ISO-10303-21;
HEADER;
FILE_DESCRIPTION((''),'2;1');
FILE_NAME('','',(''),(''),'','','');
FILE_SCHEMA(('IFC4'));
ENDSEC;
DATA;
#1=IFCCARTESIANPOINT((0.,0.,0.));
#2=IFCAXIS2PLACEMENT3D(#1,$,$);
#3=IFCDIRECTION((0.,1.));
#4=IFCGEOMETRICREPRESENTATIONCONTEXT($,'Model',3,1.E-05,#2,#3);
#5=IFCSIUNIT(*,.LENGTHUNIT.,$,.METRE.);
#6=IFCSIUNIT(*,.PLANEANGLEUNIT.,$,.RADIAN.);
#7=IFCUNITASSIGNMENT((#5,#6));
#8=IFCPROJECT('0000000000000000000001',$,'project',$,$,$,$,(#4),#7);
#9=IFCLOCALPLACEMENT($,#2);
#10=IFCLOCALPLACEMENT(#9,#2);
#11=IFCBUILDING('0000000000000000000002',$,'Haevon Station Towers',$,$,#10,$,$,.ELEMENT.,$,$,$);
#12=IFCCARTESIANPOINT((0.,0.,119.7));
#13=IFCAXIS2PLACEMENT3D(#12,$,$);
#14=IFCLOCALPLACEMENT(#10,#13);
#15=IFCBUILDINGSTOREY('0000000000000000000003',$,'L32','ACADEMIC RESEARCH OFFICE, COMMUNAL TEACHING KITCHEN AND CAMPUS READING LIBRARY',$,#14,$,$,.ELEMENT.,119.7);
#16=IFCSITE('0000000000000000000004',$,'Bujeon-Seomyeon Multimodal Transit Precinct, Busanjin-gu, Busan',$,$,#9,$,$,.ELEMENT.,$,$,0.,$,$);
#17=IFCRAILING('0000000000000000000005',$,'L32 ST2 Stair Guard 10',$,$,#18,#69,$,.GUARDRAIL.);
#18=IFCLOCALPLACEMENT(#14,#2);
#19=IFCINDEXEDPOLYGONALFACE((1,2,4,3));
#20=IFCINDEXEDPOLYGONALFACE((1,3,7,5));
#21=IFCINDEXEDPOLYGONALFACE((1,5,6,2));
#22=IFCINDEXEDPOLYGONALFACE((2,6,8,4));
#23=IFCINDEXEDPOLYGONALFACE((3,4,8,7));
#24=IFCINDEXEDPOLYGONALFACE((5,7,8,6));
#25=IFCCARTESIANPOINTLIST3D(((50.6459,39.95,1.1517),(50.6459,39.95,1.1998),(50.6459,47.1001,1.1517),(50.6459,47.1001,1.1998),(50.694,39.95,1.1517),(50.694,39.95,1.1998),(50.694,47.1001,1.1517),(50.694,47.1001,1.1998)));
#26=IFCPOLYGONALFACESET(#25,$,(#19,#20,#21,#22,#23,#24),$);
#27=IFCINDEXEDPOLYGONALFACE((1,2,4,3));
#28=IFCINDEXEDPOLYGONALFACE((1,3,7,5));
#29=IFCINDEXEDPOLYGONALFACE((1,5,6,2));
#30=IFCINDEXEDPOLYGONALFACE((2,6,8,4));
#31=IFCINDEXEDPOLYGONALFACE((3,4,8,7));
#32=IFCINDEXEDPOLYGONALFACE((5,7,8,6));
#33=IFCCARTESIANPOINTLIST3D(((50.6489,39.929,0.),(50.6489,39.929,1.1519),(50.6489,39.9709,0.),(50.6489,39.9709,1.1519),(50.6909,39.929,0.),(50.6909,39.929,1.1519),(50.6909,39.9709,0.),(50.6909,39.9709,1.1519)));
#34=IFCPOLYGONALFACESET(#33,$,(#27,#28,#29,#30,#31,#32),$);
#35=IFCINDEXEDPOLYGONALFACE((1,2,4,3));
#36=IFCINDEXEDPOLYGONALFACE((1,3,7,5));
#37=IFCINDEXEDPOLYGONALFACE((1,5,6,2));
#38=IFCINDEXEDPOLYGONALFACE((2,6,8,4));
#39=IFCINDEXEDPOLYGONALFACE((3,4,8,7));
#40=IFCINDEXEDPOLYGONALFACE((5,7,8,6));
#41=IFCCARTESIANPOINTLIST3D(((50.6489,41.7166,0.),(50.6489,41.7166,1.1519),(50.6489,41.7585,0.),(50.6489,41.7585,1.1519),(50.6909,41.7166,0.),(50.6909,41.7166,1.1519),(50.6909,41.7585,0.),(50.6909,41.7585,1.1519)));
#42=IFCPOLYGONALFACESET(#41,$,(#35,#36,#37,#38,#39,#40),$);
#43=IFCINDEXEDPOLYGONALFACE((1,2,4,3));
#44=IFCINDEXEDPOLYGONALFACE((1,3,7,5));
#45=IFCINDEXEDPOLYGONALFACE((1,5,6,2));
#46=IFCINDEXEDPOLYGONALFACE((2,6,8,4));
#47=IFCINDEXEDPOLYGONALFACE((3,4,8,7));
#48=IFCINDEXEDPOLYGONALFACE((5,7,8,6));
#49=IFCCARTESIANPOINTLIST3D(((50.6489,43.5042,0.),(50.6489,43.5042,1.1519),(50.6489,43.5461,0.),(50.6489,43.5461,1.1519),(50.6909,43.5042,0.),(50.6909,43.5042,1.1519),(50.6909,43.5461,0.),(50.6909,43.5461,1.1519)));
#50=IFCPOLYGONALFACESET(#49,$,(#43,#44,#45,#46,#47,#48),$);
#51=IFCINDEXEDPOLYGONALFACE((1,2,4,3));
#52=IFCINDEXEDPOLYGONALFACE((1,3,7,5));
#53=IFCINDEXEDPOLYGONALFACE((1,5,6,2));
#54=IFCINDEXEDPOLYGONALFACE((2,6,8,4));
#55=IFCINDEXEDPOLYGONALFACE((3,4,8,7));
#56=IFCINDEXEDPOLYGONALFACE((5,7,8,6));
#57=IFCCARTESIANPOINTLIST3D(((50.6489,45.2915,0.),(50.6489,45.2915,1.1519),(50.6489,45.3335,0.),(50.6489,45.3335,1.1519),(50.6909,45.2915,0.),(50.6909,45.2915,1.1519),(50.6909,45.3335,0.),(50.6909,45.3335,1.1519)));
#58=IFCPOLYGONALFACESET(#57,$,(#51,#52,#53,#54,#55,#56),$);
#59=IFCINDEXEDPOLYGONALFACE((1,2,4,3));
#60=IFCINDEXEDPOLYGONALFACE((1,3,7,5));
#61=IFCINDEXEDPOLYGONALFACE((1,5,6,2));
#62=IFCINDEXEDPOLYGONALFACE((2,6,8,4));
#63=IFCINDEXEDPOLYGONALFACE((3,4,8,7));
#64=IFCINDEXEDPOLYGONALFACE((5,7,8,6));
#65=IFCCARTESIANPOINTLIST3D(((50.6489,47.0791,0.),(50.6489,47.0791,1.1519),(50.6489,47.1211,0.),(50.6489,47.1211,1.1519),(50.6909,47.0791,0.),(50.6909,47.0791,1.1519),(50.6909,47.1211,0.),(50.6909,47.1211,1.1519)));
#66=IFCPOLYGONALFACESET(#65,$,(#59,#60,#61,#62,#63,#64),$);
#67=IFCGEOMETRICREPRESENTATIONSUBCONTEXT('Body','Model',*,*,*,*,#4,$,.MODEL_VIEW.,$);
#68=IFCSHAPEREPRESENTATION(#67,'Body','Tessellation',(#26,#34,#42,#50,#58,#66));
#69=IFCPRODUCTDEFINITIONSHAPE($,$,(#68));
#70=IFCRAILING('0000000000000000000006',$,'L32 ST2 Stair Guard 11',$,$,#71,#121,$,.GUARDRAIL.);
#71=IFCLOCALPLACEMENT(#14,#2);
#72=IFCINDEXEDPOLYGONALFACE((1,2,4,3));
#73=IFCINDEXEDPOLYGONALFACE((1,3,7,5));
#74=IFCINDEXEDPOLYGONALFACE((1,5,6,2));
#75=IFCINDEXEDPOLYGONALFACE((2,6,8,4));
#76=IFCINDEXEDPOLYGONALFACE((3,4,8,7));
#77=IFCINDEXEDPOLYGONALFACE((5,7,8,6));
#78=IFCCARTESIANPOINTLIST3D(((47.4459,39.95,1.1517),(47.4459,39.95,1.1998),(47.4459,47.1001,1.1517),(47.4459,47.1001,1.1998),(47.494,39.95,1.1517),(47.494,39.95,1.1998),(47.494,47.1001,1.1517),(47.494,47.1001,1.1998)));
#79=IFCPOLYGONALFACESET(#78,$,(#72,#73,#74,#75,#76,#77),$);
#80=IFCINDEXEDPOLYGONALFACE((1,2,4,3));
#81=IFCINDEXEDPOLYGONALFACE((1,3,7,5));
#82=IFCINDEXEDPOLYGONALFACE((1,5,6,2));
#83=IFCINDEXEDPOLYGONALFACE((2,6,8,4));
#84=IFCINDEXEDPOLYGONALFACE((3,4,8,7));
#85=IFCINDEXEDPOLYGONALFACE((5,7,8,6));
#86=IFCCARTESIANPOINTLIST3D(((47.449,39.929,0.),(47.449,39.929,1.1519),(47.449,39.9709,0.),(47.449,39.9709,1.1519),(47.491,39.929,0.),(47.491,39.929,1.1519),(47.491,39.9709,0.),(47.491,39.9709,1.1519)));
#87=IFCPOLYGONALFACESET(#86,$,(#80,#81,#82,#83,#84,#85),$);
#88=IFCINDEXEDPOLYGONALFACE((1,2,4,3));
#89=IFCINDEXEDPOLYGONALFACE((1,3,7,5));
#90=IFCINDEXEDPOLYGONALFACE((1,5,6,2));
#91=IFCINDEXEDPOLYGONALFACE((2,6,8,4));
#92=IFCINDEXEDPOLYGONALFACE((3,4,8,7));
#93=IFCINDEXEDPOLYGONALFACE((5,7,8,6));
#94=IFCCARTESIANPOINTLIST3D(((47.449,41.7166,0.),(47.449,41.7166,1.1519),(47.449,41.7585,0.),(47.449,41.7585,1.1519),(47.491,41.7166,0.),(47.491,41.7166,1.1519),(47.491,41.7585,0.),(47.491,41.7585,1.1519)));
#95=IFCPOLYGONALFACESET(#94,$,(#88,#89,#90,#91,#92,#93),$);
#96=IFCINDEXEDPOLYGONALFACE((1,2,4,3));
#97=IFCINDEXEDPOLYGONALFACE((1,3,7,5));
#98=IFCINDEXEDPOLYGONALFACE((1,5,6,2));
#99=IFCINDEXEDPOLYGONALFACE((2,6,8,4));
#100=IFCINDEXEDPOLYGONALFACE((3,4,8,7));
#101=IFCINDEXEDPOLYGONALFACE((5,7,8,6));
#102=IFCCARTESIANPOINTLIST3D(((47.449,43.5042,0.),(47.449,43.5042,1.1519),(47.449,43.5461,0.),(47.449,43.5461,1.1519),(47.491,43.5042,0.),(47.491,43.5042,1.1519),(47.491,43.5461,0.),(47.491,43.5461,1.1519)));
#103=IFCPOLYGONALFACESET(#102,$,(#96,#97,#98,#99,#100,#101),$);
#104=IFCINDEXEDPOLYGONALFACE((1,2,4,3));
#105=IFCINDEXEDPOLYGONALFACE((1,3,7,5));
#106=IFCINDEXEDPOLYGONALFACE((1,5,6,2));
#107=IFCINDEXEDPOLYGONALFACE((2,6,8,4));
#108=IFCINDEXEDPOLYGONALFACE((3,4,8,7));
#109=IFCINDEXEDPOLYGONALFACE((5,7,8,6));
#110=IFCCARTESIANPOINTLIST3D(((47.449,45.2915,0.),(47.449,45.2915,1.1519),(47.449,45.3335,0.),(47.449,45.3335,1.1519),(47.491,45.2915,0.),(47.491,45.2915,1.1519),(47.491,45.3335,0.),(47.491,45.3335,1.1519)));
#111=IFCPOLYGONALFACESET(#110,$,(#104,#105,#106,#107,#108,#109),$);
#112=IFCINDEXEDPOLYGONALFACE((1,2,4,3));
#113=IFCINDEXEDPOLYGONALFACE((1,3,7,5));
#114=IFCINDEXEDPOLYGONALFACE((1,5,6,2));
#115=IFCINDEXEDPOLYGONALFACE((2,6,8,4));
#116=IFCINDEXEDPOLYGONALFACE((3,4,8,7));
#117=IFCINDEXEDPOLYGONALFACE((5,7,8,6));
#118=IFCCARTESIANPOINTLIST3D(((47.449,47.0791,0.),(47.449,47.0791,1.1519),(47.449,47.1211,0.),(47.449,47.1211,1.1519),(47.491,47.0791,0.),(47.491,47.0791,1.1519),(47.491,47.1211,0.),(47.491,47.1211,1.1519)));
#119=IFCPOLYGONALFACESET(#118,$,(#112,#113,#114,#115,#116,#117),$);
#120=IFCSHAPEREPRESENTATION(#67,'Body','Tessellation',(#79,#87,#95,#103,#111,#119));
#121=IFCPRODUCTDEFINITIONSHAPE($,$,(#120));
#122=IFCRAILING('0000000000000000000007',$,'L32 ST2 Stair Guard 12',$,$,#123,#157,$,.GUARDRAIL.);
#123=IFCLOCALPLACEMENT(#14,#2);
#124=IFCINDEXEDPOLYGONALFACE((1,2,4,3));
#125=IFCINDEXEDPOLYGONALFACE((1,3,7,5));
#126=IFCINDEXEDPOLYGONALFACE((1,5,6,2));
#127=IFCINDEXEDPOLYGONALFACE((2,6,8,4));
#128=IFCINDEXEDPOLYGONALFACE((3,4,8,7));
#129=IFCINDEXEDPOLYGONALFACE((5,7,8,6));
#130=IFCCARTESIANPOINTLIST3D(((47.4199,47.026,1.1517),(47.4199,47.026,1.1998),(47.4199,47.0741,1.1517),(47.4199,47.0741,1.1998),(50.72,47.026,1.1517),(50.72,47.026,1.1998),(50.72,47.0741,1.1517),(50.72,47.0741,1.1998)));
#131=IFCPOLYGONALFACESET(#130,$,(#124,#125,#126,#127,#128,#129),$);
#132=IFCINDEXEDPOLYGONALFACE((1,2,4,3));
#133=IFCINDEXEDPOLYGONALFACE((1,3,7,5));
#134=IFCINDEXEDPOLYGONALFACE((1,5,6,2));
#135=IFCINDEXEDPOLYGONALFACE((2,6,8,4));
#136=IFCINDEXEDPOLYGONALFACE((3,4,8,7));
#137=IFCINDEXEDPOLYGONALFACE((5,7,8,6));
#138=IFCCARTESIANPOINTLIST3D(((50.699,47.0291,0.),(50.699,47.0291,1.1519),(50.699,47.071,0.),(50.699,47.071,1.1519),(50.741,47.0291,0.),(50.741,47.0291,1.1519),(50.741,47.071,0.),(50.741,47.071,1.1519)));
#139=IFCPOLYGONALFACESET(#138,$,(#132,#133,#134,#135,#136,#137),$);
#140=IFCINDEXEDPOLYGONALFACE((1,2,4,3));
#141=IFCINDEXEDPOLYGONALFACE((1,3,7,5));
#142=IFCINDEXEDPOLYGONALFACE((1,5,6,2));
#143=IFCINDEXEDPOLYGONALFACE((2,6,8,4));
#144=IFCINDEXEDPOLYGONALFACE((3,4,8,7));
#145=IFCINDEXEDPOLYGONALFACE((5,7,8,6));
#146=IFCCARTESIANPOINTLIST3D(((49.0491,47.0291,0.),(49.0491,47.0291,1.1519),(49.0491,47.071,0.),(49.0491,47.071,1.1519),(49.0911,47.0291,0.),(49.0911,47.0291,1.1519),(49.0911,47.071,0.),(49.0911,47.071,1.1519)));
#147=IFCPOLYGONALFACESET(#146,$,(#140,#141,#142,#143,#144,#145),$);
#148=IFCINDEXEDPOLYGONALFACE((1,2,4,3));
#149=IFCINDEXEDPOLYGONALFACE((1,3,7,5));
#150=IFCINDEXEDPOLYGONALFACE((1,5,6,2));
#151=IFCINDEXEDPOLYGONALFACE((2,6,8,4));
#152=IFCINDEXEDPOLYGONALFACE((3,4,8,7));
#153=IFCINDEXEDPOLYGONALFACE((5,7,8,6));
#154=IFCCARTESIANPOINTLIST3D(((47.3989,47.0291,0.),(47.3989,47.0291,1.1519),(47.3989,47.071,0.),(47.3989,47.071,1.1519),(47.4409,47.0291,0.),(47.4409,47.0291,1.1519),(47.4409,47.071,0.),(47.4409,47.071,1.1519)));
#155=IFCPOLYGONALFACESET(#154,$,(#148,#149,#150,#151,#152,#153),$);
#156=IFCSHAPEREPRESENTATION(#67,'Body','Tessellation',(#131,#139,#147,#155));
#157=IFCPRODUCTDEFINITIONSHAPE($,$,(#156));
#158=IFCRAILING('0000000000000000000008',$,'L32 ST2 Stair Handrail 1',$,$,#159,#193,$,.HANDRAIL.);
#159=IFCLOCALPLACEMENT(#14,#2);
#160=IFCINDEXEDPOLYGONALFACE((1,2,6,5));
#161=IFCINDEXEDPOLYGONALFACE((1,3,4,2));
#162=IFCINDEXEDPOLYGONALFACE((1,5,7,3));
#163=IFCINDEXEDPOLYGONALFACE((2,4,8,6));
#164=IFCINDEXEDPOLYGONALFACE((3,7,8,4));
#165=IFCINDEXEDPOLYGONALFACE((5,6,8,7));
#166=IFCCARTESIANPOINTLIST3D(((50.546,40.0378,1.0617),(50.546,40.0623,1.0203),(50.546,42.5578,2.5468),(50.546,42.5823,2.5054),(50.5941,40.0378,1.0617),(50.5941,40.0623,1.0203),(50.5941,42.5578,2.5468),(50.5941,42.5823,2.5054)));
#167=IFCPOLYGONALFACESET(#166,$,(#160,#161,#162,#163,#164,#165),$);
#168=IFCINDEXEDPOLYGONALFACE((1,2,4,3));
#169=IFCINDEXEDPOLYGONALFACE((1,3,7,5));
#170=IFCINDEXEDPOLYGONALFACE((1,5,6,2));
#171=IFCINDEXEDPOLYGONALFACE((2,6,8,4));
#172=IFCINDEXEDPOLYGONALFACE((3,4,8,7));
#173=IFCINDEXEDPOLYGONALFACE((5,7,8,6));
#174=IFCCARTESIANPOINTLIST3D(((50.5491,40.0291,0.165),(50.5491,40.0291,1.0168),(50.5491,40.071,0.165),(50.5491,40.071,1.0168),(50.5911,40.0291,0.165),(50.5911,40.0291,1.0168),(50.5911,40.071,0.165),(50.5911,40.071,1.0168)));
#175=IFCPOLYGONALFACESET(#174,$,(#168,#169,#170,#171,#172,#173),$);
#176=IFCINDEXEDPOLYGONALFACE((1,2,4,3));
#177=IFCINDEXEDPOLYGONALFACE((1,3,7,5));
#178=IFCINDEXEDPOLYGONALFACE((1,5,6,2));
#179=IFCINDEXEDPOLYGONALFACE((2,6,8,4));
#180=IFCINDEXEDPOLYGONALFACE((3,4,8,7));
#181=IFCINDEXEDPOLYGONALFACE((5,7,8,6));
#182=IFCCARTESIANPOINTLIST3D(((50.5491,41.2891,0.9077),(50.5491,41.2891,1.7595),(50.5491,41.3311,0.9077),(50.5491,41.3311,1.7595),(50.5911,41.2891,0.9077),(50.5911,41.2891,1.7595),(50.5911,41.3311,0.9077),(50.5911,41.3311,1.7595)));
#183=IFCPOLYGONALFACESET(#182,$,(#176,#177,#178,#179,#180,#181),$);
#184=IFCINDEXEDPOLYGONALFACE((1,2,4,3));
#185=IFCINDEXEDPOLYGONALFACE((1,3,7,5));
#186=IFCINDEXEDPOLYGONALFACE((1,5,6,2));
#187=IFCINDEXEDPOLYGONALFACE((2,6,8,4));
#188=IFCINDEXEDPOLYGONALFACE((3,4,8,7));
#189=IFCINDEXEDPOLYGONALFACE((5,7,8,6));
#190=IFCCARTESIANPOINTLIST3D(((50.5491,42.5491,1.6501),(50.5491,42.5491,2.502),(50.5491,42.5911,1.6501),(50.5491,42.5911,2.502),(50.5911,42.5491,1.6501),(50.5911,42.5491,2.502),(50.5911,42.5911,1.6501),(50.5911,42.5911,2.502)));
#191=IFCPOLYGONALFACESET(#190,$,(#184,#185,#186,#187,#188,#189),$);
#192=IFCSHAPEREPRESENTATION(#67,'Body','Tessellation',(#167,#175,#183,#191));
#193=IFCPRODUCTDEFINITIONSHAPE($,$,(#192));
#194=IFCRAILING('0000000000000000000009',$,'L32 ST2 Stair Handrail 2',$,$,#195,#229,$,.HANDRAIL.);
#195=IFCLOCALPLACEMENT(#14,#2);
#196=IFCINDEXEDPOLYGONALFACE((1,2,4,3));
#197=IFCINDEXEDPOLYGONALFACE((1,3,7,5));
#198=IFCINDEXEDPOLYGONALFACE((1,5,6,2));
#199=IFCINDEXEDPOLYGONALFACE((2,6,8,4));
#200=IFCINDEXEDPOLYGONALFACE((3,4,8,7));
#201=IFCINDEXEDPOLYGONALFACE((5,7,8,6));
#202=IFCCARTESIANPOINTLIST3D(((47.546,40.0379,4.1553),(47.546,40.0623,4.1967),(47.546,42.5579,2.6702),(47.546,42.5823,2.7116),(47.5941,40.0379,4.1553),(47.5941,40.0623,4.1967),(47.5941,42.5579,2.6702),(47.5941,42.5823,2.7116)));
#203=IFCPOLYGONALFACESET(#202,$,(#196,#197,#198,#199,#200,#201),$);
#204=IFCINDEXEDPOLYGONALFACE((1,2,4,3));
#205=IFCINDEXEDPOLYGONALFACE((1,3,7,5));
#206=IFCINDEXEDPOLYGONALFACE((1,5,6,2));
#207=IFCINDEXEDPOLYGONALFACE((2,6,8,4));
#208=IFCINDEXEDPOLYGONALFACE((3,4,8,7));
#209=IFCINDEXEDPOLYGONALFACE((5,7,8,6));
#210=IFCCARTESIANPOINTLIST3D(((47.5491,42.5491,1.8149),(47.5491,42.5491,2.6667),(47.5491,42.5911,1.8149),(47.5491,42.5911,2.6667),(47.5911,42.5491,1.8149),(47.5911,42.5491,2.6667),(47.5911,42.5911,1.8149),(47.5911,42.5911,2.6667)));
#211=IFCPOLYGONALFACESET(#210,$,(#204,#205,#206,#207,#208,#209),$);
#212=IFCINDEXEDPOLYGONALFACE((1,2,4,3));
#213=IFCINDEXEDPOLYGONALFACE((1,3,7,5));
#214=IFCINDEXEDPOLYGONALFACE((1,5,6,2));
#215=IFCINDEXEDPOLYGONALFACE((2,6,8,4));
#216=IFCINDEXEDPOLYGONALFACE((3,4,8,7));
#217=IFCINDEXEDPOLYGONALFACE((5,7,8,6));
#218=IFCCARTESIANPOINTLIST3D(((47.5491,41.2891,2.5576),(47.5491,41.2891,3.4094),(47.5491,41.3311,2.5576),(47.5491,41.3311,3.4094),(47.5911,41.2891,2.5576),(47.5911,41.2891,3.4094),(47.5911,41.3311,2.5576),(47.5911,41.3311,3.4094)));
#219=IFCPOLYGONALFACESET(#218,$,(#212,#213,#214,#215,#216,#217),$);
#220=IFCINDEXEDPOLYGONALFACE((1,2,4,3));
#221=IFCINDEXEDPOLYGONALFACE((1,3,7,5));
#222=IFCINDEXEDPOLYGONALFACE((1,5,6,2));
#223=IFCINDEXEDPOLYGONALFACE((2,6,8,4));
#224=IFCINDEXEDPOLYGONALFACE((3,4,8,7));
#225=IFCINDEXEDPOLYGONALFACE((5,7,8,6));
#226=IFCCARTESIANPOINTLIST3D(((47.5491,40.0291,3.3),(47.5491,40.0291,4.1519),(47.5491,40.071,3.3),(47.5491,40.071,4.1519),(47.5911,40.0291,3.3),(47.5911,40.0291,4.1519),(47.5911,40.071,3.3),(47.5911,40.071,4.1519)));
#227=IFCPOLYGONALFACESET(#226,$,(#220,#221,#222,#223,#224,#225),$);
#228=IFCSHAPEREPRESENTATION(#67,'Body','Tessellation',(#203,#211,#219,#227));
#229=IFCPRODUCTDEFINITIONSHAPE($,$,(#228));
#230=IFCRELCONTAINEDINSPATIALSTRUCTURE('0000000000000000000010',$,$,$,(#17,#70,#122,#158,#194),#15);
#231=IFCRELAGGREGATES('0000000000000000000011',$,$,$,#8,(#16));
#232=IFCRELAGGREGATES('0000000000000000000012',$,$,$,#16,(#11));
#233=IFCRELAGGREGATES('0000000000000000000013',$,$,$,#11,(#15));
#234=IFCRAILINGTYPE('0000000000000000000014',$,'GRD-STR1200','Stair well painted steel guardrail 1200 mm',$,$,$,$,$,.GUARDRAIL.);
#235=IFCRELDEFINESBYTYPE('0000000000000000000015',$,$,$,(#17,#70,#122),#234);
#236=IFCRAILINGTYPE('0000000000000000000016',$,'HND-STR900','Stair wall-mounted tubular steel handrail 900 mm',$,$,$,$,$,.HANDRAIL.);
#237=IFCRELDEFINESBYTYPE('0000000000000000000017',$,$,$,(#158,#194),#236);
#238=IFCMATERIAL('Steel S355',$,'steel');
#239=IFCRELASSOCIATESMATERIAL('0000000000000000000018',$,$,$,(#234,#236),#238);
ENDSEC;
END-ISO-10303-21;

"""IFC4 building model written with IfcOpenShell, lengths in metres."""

from ifc_helpers import new_model, si_unit, direction, frame, origin, origin_2d, place, context, subcontext, project, spatial, rectangle, extrude, material, type_object, element, save


model = new_model("IFC4")

# Units and contexts
model_context = context("Model", 3, precision=1e-05, world=origin(), true_north=direction((0.0, 1.0)))
body_context = subcontext(model_context, "Body", "Model", "MODEL_VIEW")
ifc_project = project(units=[si_unit("LENGTHUNIT", "METRE"), si_unit("PLANEANGLEUNIT", "RADIAN")], contexts=[model_context])

# Site, building, storey
site_placement = place(None, origin())
site = spatial("IfcSite", under=ifc_project, at=site_placement, Name="Bujeon-Seomyeon Multimodal Transit Precinct, Busanjin-gu, Busan", CompositionType="ELEMENT", RefElevation=0.0)
building_placement = place(site_placement, origin())
building = spatial("IfcBuilding", under=site, at=building_placement, Name="Haevon Station Towers", CompositionType="ELEMENT")
storey_placement = place(building_placement, frame((0.0, 0.0, 119.7)))
storey = spatial("IfcBuildingStorey", under=building, at=storey_placement, Name="L32", Description="ACADEMIC RESEARCH OFFICE, COMMUNAL TEACHING KITCHEN AND CAMPUS READING LIBRARY", CompositionType="ELEMENT", Elevation=119.7)

# Shared definitions
ifc_material_1 = material(Name="Steel S355", Category="steel")

# Railings
railing_type_1 = type_object("IfcRailingType", Name="GRD-STR1200", Description="Stair well painted steel guardrail 1200 mm", PredefinedType="GUARDRAIL", material=ifc_material_1)
for number, where, name in (
    (1, (50.6699, 39.95, 0.0), "L32 ST2 Stair Guard 10"),
    (2, (47.47, 39.95, 0.0), "L32 ST2 Stair Guard 11"),
):
    element("IfcRailing", number, at=place(storey_placement, frame(where)), inside=storey, type_object=railing_type_1, Name=name, PredefinedType="GUARDRAIL", context=body_context, shape_type="SweptSolid", body=[
        extrude(rectangle(XDim=0.0481, YDim=0.0481, at=origin_2d()), frame((0.0, 0.0, 1.1758), z_axis=(0.0, 1.0, 0.0), x_axis=(-1.0, 0.0, 0.0)), (0.0, 0.0, 1.0), 7.1501),
        extrude(rectangle(XDim=0.042, YDim=0.042, at=origin_2d()), origin(), (0.0, 0.0, 1.0), 1.1519),
        extrude(rectangle(XDim=0.042, YDim=0.042, at=origin_2d()), frame((0.0, 1.7876, 0.0)), (0.0, 0.0, 1.0), 1.1519),
        extrude(rectangle(XDim=0.042, YDim=0.042, at=origin_2d()), frame((0.0, 3.5752, 0.0)), (0.0, 0.0, 1.0), 1.1519),
        extrude(rectangle(XDim=0.042, YDim=0.042, at=origin_2d()), frame((0.0, 5.3625, 0.0)), (0.0, 0.0, 1.0), 1.1519),
        extrude(rectangle(XDim=0.042, YDim=0.042, at=origin_2d()), frame((0.0, 7.1501, 0.0)), (0.0, 0.0, 1.0), 1.1519),
    ])
railing_1_placement = place(storey_placement, frame((50.72, 47.05, 0.0)))
element("IfcRailing", 3, at=railing_1_placement, inside=storey, type_object=railing_type_1, Name="L32 ST2 Stair Guard 12", PredefinedType="GUARDRAIL", context=body_context, shape_type="SweptSolid", body=[
    extrude(rectangle(XDim=0.0481, YDim=0.0481, at=origin_2d()), frame((0.0, 0.0, 1.1758), z_axis=(-1.0, 0.0, 0.0), x_axis=(0.0, -1.0, 0.0)), (0.0, 0.0, 1.0), 3.3),
    extrude(rectangle(XDim=0.042, YDim=0.042, at=origin_2d()), origin(), (0.0, 0.0, 1.0), 1.1519),
    extrude(rectangle(XDim=0.042, YDim=0.042, at=origin_2d()), frame((-1.6499, 0.0, 0.0)), (0.0, 0.0, 1.0), 1.1519),
    extrude(rectangle(XDim=0.042, YDim=0.042, at=origin_2d()), frame((-3.3, 0.0, 0.0)), (0.0, 0.0, 1.0), 1.1519),
])
railing_type_2 = type_object("IfcRailingType", Name="HND-STR900", Description="Stair wall-mounted tubular steel handrail 900 mm", PredefinedType="HANDRAIL", material=ifc_material_1)
railing_2_placement = place(storey_placement, frame((50.5701, 40.05, 0.165)))
element("IfcRailing", 4, at=railing_2_placement, inside=storey, type_object=railing_type_2, Name="L32 ST2 Stair Handrail 1", PredefinedType="HANDRAIL", context=body_context, shape_type="SweptSolid", body=[
    extrude(rectangle(XDim=0.0481, YDim=0.0481, at=origin_2d()), frame((0.0, 0.0, 0.876), z_axis=(0.0, 0.861524, 0.507717), x_axis=(-1.0, 0.0, 0.0)), (0.0, 0.0, 1.0), 2.925),
    extrude(rectangle(XDim=0.042, YDim=0.042, at=origin_2d()), origin(), (0.0, 0.0, 1.0), 0.8518),
    extrude(rectangle(XDim=0.042, YDim=0.042, at=origin_2d()), frame((0.0, 1.26, 0.7427)), (0.0, 0.0, 1.0), 0.8518),
    extrude(rectangle(XDim=0.042, YDim=0.042, at=origin_2d()), frame((0.0, 2.52, 1.4851)), (0.0, 0.0, 1.0), 0.8518),
])
railing_3_placement = place(storey_placement, frame((47.5701, 42.5701, 1.8149)))
element("IfcRailing", 5, at=railing_3_placement, inside=storey, type_object=railing_type_2, Name="L32 ST2 Stair Handrail 2", PredefinedType="HANDRAIL", context=body_context, shape_type="SweptSolid", body=[
    extrude(rectangle(XDim=0.0481, YDim=0.0481, at=origin_2d()), frame((0.0, 0.0, 0.876), z_axis=(0.0, -0.861524, 0.507717), x_axis=(1.0, 0.0, 0.0)), (0.0, 0.0, 1.0), 2.925),
    extrude(rectangle(XDim=0.042, YDim=0.042, at=origin_2d()), origin(), (0.0, 0.0, 1.0), 0.8518),
    extrude(rectangle(XDim=0.042, YDim=0.042, at=origin_2d()), frame((0.0, -1.26, 0.7427)), (0.0, 0.0, 1.0), 0.8518),
    extrude(rectangle(XDim=0.042, YDim=0.042, at=origin_2d()), frame((0.0, -2.52, 1.4851)), (0.0, 0.0, 1.0), 0.8518),
])

save(model, "model.ifc")
